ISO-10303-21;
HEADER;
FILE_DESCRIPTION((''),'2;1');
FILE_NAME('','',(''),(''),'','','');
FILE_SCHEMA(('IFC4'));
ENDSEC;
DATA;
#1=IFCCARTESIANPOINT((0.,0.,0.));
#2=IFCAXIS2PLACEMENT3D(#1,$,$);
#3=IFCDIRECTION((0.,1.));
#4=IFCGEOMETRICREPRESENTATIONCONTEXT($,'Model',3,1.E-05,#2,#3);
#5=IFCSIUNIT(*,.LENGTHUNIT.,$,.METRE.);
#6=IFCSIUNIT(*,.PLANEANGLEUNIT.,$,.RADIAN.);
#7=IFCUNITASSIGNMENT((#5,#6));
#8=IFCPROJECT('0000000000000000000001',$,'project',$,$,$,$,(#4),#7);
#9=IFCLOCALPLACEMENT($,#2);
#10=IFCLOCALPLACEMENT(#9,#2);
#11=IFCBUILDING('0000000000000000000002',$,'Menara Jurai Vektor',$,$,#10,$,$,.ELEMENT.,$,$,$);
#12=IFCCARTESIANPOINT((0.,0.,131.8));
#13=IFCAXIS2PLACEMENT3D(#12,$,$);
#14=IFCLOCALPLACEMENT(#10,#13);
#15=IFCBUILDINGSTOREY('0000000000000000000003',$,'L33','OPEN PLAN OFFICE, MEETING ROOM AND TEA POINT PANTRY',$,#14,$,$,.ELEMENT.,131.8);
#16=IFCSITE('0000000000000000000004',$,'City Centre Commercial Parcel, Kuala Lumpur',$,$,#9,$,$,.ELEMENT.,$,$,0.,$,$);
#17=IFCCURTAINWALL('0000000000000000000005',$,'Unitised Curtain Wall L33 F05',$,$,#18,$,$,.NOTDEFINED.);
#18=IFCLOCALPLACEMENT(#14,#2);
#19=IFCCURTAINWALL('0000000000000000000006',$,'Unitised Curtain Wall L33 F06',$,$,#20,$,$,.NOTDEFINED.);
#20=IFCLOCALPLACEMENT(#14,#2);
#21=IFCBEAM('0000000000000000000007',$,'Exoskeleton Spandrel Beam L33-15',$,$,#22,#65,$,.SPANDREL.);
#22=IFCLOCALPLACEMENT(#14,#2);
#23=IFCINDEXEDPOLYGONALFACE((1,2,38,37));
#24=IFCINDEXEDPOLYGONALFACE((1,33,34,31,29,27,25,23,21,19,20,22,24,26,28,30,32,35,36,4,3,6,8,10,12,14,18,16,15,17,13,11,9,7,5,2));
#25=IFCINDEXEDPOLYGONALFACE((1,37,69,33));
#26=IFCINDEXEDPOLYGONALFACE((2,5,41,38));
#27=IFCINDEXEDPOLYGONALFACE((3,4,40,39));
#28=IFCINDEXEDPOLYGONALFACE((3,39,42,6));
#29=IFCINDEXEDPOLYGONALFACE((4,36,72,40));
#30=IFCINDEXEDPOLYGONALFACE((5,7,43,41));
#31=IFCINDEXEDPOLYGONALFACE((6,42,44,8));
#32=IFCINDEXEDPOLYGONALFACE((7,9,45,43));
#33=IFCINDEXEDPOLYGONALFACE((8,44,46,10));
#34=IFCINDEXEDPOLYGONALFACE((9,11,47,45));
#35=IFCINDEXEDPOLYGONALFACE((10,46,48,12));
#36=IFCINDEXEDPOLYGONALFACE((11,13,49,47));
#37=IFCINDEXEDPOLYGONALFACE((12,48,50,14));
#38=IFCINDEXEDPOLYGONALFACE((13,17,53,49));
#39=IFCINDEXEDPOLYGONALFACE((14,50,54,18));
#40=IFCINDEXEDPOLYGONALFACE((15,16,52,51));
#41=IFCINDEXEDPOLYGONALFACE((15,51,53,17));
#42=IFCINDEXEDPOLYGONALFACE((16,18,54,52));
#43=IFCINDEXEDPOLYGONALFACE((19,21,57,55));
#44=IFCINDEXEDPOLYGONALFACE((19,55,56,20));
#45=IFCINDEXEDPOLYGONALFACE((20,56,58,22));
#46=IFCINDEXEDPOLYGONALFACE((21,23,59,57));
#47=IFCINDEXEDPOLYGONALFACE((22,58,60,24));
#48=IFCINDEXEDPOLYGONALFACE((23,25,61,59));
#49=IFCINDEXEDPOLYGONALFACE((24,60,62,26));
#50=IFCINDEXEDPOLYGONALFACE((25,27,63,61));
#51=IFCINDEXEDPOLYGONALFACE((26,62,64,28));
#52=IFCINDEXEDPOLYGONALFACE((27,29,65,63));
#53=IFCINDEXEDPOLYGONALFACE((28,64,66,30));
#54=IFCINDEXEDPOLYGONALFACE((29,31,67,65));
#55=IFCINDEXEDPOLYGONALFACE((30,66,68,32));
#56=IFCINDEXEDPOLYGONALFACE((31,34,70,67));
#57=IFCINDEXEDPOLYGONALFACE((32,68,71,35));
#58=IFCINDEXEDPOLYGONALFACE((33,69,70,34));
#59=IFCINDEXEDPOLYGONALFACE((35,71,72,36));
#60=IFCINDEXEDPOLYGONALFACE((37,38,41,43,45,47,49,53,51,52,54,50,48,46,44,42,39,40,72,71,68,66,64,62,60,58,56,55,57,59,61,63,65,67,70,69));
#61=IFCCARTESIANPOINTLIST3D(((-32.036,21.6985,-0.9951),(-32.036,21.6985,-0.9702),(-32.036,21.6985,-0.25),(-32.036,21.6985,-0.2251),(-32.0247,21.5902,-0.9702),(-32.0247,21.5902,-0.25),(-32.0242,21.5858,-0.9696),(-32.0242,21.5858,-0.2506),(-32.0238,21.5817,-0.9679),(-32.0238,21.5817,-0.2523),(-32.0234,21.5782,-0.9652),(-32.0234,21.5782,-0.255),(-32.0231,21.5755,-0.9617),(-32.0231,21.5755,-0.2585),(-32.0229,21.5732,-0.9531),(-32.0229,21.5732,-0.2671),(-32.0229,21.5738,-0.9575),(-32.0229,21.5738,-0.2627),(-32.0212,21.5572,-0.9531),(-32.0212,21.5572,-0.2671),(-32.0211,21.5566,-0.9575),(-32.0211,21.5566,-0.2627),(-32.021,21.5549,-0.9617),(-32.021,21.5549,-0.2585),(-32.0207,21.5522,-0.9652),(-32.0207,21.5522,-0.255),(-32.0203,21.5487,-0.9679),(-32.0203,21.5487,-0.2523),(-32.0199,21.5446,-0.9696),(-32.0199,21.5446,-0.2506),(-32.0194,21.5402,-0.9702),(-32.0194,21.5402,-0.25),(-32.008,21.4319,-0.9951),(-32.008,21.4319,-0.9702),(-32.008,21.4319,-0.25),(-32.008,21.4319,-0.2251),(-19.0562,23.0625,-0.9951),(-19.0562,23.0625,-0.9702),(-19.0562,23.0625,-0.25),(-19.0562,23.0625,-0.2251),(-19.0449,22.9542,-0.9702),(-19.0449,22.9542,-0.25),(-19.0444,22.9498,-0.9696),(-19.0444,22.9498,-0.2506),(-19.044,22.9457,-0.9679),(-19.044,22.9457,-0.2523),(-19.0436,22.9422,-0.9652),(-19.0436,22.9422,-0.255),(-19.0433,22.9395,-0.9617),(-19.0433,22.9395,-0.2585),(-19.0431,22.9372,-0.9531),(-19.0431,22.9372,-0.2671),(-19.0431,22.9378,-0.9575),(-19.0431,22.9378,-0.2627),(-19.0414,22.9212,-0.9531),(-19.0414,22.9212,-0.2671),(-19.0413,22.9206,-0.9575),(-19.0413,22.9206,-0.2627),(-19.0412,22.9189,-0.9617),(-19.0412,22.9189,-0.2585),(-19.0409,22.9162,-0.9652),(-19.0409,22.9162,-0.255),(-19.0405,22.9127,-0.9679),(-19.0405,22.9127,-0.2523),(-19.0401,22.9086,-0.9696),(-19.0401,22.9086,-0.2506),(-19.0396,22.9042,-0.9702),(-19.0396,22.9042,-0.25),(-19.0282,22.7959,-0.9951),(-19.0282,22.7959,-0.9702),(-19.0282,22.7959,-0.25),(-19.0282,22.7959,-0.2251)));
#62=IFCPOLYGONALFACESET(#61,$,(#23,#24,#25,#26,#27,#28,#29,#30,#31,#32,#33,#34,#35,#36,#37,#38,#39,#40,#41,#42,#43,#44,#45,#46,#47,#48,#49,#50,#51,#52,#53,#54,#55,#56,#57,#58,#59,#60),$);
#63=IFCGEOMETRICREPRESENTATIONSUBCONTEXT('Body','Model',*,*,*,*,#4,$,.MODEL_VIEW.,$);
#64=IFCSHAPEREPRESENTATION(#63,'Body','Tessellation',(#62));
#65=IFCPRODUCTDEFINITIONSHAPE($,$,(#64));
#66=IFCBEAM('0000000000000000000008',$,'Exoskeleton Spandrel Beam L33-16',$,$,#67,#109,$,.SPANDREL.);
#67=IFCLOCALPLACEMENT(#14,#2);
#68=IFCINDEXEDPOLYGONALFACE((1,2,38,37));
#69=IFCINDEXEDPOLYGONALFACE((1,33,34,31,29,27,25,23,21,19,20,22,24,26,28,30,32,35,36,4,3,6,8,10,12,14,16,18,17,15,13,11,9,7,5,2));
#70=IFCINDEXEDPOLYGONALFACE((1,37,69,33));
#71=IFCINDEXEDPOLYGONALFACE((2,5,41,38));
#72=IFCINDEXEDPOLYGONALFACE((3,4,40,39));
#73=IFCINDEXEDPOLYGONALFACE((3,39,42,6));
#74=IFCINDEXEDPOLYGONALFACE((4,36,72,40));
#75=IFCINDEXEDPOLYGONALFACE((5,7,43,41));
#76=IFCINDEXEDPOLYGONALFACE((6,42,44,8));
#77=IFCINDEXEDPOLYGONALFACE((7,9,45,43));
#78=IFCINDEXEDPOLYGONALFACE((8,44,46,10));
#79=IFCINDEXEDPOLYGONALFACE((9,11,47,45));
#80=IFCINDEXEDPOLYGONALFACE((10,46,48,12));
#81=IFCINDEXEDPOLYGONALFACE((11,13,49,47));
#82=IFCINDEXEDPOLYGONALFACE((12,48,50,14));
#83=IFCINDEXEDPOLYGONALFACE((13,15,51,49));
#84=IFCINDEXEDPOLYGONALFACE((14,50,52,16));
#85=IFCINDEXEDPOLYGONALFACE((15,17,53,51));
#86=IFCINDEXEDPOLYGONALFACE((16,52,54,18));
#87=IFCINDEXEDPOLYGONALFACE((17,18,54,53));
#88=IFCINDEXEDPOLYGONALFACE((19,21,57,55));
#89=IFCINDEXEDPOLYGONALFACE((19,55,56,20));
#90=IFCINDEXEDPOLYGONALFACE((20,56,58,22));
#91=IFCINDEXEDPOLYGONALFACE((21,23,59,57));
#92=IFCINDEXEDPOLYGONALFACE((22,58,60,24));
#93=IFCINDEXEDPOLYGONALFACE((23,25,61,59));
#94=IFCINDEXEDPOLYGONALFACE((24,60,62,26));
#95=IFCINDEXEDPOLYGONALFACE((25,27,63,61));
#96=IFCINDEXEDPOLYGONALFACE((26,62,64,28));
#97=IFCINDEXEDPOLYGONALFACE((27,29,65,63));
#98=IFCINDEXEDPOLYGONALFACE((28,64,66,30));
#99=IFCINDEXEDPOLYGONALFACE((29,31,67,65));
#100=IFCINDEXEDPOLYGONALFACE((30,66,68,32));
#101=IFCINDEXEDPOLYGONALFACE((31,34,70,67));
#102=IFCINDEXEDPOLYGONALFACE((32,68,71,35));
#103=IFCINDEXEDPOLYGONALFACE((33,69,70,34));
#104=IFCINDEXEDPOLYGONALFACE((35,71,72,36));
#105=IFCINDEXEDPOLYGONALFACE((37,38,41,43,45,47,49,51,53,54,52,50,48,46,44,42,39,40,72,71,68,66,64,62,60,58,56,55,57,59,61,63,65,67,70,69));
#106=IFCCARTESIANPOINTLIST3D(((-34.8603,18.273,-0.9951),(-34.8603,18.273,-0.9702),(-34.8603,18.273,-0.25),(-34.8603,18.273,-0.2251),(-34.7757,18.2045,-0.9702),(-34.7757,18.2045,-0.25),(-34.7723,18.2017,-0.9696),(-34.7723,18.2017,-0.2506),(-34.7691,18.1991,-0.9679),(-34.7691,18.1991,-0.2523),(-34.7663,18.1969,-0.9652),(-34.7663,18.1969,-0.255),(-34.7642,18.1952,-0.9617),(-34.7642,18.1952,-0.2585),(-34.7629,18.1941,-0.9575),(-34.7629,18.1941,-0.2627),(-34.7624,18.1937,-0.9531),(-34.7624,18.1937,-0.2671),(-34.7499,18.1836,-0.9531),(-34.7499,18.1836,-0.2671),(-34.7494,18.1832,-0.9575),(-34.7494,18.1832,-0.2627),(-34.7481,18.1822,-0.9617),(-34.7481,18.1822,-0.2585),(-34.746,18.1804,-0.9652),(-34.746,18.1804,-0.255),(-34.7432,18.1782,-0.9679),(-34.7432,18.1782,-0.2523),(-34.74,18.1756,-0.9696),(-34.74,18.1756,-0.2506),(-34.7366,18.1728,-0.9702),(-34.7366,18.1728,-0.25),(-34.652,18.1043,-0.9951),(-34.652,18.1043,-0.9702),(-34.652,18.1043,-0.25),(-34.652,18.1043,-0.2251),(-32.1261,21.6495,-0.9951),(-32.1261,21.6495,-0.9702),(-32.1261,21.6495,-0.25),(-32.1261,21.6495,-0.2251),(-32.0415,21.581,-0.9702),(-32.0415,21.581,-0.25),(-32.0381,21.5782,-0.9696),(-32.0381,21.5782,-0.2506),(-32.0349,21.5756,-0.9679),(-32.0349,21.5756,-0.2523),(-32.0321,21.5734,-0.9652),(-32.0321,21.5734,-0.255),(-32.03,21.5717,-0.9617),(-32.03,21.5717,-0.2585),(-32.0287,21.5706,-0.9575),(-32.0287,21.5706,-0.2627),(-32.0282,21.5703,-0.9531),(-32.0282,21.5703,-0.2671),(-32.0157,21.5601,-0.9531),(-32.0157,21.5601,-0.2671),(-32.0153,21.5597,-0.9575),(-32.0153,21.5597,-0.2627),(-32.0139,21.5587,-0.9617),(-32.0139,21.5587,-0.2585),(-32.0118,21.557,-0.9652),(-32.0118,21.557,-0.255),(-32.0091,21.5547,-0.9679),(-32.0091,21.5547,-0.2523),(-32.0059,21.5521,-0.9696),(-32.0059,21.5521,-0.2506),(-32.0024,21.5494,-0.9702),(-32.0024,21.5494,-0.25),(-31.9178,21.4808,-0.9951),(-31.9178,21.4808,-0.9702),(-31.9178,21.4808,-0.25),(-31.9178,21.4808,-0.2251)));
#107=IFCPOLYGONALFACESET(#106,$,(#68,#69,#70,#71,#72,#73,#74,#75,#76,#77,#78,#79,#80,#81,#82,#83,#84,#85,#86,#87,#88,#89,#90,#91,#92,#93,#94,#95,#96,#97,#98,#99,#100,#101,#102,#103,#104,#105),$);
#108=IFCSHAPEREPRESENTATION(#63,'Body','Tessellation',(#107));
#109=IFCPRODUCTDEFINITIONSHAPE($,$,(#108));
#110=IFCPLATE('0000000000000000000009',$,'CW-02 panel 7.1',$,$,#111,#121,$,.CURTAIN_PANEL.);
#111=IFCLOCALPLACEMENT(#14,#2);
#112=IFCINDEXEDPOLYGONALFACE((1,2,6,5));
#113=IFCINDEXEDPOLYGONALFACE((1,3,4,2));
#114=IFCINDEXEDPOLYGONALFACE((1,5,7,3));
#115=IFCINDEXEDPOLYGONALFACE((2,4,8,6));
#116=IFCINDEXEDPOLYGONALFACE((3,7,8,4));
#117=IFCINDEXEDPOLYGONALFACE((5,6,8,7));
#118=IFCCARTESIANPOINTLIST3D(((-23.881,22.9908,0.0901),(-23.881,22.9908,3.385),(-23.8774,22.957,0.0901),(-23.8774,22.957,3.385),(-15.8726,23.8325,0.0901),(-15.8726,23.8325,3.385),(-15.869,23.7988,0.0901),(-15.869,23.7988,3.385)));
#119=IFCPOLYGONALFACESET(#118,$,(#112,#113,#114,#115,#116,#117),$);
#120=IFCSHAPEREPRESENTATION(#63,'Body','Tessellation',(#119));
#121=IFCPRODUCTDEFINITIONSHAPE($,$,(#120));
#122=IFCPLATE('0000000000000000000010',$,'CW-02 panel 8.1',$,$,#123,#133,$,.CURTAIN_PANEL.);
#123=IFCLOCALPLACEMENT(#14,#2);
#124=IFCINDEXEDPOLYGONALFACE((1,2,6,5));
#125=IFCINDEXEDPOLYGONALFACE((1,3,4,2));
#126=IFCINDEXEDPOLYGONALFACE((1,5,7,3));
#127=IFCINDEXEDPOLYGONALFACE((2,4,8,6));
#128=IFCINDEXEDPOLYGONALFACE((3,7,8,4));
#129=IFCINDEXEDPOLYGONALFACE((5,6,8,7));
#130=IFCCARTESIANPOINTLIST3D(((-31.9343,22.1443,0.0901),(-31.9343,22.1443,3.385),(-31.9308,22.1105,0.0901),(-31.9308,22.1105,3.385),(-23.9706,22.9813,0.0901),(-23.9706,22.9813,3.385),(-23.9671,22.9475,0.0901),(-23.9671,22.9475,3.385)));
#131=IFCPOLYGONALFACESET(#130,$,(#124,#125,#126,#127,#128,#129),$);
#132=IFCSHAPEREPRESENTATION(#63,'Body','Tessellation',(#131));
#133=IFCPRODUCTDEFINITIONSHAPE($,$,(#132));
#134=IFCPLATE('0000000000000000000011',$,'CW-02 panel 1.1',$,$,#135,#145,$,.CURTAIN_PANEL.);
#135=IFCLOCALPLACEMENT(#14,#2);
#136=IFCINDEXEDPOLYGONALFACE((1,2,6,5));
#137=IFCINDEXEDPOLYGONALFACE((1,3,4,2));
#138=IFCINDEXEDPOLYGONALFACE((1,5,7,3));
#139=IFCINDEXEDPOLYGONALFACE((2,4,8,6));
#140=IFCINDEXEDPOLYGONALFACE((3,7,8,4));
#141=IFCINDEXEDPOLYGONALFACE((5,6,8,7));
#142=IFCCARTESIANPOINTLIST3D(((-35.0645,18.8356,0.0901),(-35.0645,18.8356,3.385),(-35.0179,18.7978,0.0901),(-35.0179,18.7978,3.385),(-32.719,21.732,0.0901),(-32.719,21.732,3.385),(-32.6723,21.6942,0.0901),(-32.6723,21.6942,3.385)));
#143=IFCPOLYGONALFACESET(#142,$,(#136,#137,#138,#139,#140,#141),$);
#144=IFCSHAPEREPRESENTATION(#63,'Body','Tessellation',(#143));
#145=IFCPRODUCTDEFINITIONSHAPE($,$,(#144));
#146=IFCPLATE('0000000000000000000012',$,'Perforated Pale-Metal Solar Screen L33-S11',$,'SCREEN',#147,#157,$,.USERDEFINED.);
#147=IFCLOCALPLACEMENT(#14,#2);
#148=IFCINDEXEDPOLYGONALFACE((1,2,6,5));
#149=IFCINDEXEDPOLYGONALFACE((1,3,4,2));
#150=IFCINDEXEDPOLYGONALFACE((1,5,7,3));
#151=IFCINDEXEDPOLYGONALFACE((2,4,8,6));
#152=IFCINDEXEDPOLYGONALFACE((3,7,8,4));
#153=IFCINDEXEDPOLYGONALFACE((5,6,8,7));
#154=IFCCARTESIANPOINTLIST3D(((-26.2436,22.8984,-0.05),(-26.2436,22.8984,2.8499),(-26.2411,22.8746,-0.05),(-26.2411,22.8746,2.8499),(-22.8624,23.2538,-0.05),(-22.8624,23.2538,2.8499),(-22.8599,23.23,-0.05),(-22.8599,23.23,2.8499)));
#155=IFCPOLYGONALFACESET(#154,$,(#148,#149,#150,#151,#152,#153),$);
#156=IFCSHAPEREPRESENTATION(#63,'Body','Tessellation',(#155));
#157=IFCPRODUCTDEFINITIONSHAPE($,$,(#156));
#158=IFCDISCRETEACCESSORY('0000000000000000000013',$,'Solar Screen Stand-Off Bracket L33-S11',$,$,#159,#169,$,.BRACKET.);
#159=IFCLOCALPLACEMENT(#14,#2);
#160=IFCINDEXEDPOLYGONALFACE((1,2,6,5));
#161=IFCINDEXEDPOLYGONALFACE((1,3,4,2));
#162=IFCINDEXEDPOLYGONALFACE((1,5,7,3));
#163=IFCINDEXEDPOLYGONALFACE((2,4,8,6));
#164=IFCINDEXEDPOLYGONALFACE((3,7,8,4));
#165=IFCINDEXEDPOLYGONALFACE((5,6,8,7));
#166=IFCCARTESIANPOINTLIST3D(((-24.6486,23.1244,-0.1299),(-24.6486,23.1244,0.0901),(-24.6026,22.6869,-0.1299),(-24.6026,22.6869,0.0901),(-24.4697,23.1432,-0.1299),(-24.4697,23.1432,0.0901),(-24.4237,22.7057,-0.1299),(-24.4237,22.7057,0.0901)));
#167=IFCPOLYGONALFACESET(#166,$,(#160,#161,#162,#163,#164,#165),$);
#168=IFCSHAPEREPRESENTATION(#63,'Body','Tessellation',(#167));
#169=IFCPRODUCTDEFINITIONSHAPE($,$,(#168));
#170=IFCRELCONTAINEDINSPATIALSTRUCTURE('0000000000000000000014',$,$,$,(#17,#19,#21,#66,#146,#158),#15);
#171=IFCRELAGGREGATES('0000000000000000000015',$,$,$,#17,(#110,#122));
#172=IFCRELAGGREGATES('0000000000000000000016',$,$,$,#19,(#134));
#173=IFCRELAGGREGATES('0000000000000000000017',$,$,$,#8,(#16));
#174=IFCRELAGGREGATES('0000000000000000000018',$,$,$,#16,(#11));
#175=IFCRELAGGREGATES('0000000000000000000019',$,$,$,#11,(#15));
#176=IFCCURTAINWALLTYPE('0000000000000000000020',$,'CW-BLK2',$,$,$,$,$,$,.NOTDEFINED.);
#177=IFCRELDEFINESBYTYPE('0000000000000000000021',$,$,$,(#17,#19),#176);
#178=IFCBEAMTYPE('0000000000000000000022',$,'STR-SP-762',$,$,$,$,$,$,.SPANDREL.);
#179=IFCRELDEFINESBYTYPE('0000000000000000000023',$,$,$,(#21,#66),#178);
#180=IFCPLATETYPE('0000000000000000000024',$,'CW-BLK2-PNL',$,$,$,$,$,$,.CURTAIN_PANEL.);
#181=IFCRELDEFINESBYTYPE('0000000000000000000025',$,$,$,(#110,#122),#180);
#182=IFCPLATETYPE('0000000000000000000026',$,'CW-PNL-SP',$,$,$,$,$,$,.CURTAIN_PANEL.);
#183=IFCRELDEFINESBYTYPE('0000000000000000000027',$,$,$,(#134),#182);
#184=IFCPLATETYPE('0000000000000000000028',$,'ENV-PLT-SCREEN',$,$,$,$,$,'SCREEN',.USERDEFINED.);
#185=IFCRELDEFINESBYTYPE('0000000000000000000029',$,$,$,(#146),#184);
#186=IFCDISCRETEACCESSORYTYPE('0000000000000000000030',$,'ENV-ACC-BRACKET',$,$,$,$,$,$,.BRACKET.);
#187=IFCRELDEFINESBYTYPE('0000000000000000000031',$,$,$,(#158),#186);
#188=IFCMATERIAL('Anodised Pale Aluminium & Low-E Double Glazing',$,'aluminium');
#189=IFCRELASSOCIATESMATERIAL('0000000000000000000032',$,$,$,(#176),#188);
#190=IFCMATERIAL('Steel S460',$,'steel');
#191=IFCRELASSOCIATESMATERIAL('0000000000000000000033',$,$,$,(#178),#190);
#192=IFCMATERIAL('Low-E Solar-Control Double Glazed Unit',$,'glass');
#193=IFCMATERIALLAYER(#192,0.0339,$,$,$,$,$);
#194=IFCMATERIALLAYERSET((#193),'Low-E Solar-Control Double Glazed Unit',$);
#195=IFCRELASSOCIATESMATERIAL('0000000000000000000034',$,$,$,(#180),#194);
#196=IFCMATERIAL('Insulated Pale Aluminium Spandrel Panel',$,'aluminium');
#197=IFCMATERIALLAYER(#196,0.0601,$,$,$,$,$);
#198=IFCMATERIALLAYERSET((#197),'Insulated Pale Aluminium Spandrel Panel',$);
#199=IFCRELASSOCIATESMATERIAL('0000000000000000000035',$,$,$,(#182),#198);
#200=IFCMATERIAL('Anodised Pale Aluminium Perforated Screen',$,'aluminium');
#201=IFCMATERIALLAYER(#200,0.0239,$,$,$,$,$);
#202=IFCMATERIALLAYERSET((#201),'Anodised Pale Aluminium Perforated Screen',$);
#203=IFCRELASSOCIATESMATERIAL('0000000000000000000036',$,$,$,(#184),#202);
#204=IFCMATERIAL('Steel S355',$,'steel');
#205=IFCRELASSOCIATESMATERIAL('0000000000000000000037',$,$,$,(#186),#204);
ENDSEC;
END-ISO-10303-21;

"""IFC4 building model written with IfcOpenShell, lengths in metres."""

from ifc_helpers import new_model, si_unit, direction, frame, origin, origin_2d, place, context, subcontext, project, spatial, rectangle, i_section, extrude, material, layer, layer_set, material_profile, profile_set, type_object, element, aggregate, save


model = new_model("IFC4")

# Units and contexts
model_context = context("Model", 3, precision=1e-05, world=origin(), true_north=direction((0.0, 1.0)))
body_context = subcontext(model_context, "Body", "Model", "MODEL_VIEW")
ifc_project = project(units=[si_unit("LENGTHUNIT", "METRE"), si_unit("PLANEANGLEUNIT", "RADIAN")], contexts=[model_context])

# Site, building, storey
site_placement = place(None, origin())
site = spatial("IfcSite", under=ifc_project, at=site_placement, Name="City Centre Commercial Parcel, Kuala Lumpur", CompositionType="ELEMENT", RefElevation=0.0)
building_placement = place(site_placement, origin())
building = spatial("IfcBuilding", under=site, at=building_placement, Name="Menara Jurai Vektor", CompositionType="ELEMENT")
storey_placement = place(building_placement, frame((0.0, 0.0, 131.8)))
storey = spatial("IfcBuildingStorey", under=building, at=storey_placement, Name="L33", Description="OPEN PLAN OFFICE, MEETING ROOM AND TEA POINT PANTRY", CompositionType="ELEMENT", Elevation=131.8)

# Shared definitions
ifc_material_1 = material(Name="Steel S460", Category="steel")

# Curtain walls
ifc_material_2 = material(Name="Anodised Pale Aluminium & Low-E Double Glazing", Category="aluminium")
curtain_wall_type = type_object("IfcCurtainWallType", Name="CW-BLK2", PredefinedType="NOTDEFINED", material=ifc_material_2)
curtain_wall_1_placement = place(storey_placement, origin())
curtain_wall_1 = element("IfcCurtainWall", 1, at=curtain_wall_1_placement, inside=storey, type_object=curtain_wall_type, Name="Unitised Curtain Wall L33 F05", PredefinedType="NOTDEFINED")
curtain_wall_2_placement = place(storey_placement, origin())
curtain_wall_2 = element("IfcCurtainWall", 2, at=curtain_wall_2_placement, inside=storey, type_object=curtain_wall_type, Name="Unitised Curtain Wall L33 F06", PredefinedType="NOTDEFINED")

# Shared definitions
ifc_material_3 = material(Name="Steel S355", Category="steel")

# Beams
ifc_material_profile_1 = material_profile(ifc_material_1, i_section(OverallWidth=0.2681, OverallDepth=0.77, WebThickness=0.0161, FlangeThickness=0.0249, FilletRadius=0.0171, at=origin_2d()), Name="UKB 762x267x197")
ifc_profile_set_1 = profile_set([ifc_material_profile_1], Name="Steel S460")
beam_type_1 = type_object("IfcBeamType", Name="STR-SP-762", PredefinedType="SPANDREL", material=ifc_profile_set_1)
beam_1_placement = place(storey_placement, frame((-19.0422, 22.9292, -0.6101), z_axis=(-0.994524, -0.104512, 0.0), x_axis=(0.104512, -0.994524, 0.0)))
element("IfcBeam", 3, at=beam_1_placement, inside=storey, type_object=beam_type_1, Name="Exoskeleton Spandrel Beam L33-15", PredefinedType="SPANDREL", context=body_context, shape_type="SweptSolid", body=[
    extrude(i_section(OverallWidth=0.2681, OverallDepth=0.77, WebThickness=0.0161, FlangeThickness=0.0249, FilletRadius=0.0171, at=origin_2d()), origin(), (0.0, 0.0, 1.0), 13.0513),
])
beam_2_placement = place(storey_placement, frame((-32.022, 21.5652, -0.6101), z_axis=(-0.62931, -0.777155, 0.0), x_axis=(0.777155, -0.62931, 0.0)))
element("IfcBeam", 4, at=beam_2_placement, inside=storey, type_object=beam_type_1, Name="Exoskeleton Spandrel Beam L33-16", PredefinedType="SPANDREL", context=body_context, shape_type="SweptSolid", body=[
    extrude(i_section(OverallWidth=0.2681, OverallDepth=0.77, WebThickness=0.0161, FlangeThickness=0.0249, FilletRadius=0.0171, at=origin_2d()), origin(), (0.0, 0.0, 1.0), 4.3447),
])

# Plates
ifc_material_4 = material(Name="Low-E Solar-Control Double Glazed Unit", Category="glass")
ifc_layer_1 = layer(ifc_material_4, 0.0339)
ifc_layer_set_1 = layer_set([ifc_layer_1], Name="Low-E Solar-Control Double Glazed Unit")
plate_type_1 = type_object("IfcPlateType", Name="CW-BLK2-PNL", PredefinedType="CURTAIN_PANEL", material=ifc_layer_set_1)
plate_1_placement = place(storey_placement, frame((-19.875, 23.3948, 0.0901), z_axis=(0.0, 0.0, 1.0), x_axis=(-0.994522, -0.104529, 0.0)))
plate_1 = element("IfcPlate", 5, at=plate_1_placement, type_object=plate_type_1, Name="CW-02 panel 7.1", PredefinedType="CURTAIN_PANEL", context=body_context, shape_type="SweptSolid", body=[
    extrude(rectangle(XDim=8.0525, YDim=0.0339, at=origin_2d()), origin(), (0.0, 0.0, 1.0), 3.2949),
])
plate_2_placement = place(storey_placement, frame((-27.9507, 22.5459, 0.0901), z_axis=(0.0, 0.0, 1.0), x_axis=(-0.994522, -0.104529, 0.0)))
plate_2 = element("IfcPlate", 6, at=plate_2_placement, type_object=plate_type_1, Name="CW-02 panel 8.1", PredefinedType="CURTAIN_PANEL", context=body_context, shape_type="SweptSolid", body=[
    extrude(rectangle(XDim=8.0076, YDim=0.0339, at=origin_2d()), origin(), (0.0, 0.0, 1.0), 3.2949),
])
aggregate(curtain_wall_1, [plate_1, plate_2])
ifc_material_5 = material(Name="Insulated Pale Aluminium Spandrel Panel", Category="aluminium")
ifc_layer_2 = layer(ifc_material_5, 0.0601)
ifc_layer_set_2 = layer_set([ifc_layer_2], Name="Insulated Pale Aluminium Spandrel Panel")
plate_type_2 = type_object("IfcPlateType", Name="CW-PNL-SP", PredefinedType="CURTAIN_PANEL", material=ifc_layer_set_2)
plate_3_placement = place(storey_placement, frame((-33.8684, 20.2649, 0.0901), z_axis=(0.0, 0.0, 1.0), x_axis=(-0.629341, -0.777129, 0.0)))
plate_3 = element("IfcPlate", 7, at=plate_3_placement, type_object=plate_type_2, Name="CW-02 panel 1.1", PredefinedType="CURTAIN_PANEL", context=body_context, shape_type="SweptSolid", body=[
    extrude(rectangle(XDim=3.7271, YDim=0.0601, at=origin_2d()), origin(), (0.0, 0.0, 1.0), 3.2949),
])
aggregate(curtain_wall_2, [plate_3])
ifc_material_6 = material(Name="Anodised Pale Aluminium Perforated Screen", Category="aluminium")
ifc_layer_3 = layer(ifc_material_6, 0.0239)
ifc_layer_set_3 = layer_set([ifc_layer_3], Name="Anodised Pale Aluminium Perforated Screen")
plate_type_3 = type_object("IfcPlateType", Name="ENV-PLT-SCREEN", ElementType="SCREEN", PredefinedType="USERDEFINED", material=ifc_layer_set_3)
plate_4_placement = place(storey_placement, frame((-24.5518, 23.0642, -0.05), z_axis=(0.0, 0.0, 1.0), x_axis=(-0.994522, -0.104528, 0.0)))
element("IfcPlate", 8, at=plate_4_placement, inside=storey, type_object=plate_type_3, Name="Perforated Pale-Metal Solar Screen L33-S11", ObjectType="SCREEN", PredefinedType="USERDEFINED", context=body_context, shape_type="SweptSolid", body=[
    extrude(rectangle(XDim=3.3999, YDim=0.0239, at=origin_2d()), origin(), (0.0, 0.0, 1.0), 2.8999),
])

# Discrete accessory
discrete_accessory_type = type_object("IfcDiscreteAccessoryType", Name="ENV-ACC-BRACKET", PredefinedType="BRACKET", material=ifc_material_3)
discrete_accessory_placement = place(storey_placement, frame((-24.5361, 22.915, -0.1299), z_axis=(0.0, 0.0, 1.0), x_axis=(-0.994522, -0.104528, 0.0)))
element("IfcDiscreteAccessory", 9, at=discrete_accessory_placement, inside=storey, type_object=discrete_accessory_type, Name="Solar Screen Stand-Off Bracket L33-S11", PredefinedType="BRACKET", context=body_context, shape_type="SweptSolid", body=[
    extrude(rectangle(XDim=0.1799, YDim=0.4399, at=origin_2d()), origin(), (0.0, 0.0, 1.0), 0.22),
])

save(model, "model.ifc")
